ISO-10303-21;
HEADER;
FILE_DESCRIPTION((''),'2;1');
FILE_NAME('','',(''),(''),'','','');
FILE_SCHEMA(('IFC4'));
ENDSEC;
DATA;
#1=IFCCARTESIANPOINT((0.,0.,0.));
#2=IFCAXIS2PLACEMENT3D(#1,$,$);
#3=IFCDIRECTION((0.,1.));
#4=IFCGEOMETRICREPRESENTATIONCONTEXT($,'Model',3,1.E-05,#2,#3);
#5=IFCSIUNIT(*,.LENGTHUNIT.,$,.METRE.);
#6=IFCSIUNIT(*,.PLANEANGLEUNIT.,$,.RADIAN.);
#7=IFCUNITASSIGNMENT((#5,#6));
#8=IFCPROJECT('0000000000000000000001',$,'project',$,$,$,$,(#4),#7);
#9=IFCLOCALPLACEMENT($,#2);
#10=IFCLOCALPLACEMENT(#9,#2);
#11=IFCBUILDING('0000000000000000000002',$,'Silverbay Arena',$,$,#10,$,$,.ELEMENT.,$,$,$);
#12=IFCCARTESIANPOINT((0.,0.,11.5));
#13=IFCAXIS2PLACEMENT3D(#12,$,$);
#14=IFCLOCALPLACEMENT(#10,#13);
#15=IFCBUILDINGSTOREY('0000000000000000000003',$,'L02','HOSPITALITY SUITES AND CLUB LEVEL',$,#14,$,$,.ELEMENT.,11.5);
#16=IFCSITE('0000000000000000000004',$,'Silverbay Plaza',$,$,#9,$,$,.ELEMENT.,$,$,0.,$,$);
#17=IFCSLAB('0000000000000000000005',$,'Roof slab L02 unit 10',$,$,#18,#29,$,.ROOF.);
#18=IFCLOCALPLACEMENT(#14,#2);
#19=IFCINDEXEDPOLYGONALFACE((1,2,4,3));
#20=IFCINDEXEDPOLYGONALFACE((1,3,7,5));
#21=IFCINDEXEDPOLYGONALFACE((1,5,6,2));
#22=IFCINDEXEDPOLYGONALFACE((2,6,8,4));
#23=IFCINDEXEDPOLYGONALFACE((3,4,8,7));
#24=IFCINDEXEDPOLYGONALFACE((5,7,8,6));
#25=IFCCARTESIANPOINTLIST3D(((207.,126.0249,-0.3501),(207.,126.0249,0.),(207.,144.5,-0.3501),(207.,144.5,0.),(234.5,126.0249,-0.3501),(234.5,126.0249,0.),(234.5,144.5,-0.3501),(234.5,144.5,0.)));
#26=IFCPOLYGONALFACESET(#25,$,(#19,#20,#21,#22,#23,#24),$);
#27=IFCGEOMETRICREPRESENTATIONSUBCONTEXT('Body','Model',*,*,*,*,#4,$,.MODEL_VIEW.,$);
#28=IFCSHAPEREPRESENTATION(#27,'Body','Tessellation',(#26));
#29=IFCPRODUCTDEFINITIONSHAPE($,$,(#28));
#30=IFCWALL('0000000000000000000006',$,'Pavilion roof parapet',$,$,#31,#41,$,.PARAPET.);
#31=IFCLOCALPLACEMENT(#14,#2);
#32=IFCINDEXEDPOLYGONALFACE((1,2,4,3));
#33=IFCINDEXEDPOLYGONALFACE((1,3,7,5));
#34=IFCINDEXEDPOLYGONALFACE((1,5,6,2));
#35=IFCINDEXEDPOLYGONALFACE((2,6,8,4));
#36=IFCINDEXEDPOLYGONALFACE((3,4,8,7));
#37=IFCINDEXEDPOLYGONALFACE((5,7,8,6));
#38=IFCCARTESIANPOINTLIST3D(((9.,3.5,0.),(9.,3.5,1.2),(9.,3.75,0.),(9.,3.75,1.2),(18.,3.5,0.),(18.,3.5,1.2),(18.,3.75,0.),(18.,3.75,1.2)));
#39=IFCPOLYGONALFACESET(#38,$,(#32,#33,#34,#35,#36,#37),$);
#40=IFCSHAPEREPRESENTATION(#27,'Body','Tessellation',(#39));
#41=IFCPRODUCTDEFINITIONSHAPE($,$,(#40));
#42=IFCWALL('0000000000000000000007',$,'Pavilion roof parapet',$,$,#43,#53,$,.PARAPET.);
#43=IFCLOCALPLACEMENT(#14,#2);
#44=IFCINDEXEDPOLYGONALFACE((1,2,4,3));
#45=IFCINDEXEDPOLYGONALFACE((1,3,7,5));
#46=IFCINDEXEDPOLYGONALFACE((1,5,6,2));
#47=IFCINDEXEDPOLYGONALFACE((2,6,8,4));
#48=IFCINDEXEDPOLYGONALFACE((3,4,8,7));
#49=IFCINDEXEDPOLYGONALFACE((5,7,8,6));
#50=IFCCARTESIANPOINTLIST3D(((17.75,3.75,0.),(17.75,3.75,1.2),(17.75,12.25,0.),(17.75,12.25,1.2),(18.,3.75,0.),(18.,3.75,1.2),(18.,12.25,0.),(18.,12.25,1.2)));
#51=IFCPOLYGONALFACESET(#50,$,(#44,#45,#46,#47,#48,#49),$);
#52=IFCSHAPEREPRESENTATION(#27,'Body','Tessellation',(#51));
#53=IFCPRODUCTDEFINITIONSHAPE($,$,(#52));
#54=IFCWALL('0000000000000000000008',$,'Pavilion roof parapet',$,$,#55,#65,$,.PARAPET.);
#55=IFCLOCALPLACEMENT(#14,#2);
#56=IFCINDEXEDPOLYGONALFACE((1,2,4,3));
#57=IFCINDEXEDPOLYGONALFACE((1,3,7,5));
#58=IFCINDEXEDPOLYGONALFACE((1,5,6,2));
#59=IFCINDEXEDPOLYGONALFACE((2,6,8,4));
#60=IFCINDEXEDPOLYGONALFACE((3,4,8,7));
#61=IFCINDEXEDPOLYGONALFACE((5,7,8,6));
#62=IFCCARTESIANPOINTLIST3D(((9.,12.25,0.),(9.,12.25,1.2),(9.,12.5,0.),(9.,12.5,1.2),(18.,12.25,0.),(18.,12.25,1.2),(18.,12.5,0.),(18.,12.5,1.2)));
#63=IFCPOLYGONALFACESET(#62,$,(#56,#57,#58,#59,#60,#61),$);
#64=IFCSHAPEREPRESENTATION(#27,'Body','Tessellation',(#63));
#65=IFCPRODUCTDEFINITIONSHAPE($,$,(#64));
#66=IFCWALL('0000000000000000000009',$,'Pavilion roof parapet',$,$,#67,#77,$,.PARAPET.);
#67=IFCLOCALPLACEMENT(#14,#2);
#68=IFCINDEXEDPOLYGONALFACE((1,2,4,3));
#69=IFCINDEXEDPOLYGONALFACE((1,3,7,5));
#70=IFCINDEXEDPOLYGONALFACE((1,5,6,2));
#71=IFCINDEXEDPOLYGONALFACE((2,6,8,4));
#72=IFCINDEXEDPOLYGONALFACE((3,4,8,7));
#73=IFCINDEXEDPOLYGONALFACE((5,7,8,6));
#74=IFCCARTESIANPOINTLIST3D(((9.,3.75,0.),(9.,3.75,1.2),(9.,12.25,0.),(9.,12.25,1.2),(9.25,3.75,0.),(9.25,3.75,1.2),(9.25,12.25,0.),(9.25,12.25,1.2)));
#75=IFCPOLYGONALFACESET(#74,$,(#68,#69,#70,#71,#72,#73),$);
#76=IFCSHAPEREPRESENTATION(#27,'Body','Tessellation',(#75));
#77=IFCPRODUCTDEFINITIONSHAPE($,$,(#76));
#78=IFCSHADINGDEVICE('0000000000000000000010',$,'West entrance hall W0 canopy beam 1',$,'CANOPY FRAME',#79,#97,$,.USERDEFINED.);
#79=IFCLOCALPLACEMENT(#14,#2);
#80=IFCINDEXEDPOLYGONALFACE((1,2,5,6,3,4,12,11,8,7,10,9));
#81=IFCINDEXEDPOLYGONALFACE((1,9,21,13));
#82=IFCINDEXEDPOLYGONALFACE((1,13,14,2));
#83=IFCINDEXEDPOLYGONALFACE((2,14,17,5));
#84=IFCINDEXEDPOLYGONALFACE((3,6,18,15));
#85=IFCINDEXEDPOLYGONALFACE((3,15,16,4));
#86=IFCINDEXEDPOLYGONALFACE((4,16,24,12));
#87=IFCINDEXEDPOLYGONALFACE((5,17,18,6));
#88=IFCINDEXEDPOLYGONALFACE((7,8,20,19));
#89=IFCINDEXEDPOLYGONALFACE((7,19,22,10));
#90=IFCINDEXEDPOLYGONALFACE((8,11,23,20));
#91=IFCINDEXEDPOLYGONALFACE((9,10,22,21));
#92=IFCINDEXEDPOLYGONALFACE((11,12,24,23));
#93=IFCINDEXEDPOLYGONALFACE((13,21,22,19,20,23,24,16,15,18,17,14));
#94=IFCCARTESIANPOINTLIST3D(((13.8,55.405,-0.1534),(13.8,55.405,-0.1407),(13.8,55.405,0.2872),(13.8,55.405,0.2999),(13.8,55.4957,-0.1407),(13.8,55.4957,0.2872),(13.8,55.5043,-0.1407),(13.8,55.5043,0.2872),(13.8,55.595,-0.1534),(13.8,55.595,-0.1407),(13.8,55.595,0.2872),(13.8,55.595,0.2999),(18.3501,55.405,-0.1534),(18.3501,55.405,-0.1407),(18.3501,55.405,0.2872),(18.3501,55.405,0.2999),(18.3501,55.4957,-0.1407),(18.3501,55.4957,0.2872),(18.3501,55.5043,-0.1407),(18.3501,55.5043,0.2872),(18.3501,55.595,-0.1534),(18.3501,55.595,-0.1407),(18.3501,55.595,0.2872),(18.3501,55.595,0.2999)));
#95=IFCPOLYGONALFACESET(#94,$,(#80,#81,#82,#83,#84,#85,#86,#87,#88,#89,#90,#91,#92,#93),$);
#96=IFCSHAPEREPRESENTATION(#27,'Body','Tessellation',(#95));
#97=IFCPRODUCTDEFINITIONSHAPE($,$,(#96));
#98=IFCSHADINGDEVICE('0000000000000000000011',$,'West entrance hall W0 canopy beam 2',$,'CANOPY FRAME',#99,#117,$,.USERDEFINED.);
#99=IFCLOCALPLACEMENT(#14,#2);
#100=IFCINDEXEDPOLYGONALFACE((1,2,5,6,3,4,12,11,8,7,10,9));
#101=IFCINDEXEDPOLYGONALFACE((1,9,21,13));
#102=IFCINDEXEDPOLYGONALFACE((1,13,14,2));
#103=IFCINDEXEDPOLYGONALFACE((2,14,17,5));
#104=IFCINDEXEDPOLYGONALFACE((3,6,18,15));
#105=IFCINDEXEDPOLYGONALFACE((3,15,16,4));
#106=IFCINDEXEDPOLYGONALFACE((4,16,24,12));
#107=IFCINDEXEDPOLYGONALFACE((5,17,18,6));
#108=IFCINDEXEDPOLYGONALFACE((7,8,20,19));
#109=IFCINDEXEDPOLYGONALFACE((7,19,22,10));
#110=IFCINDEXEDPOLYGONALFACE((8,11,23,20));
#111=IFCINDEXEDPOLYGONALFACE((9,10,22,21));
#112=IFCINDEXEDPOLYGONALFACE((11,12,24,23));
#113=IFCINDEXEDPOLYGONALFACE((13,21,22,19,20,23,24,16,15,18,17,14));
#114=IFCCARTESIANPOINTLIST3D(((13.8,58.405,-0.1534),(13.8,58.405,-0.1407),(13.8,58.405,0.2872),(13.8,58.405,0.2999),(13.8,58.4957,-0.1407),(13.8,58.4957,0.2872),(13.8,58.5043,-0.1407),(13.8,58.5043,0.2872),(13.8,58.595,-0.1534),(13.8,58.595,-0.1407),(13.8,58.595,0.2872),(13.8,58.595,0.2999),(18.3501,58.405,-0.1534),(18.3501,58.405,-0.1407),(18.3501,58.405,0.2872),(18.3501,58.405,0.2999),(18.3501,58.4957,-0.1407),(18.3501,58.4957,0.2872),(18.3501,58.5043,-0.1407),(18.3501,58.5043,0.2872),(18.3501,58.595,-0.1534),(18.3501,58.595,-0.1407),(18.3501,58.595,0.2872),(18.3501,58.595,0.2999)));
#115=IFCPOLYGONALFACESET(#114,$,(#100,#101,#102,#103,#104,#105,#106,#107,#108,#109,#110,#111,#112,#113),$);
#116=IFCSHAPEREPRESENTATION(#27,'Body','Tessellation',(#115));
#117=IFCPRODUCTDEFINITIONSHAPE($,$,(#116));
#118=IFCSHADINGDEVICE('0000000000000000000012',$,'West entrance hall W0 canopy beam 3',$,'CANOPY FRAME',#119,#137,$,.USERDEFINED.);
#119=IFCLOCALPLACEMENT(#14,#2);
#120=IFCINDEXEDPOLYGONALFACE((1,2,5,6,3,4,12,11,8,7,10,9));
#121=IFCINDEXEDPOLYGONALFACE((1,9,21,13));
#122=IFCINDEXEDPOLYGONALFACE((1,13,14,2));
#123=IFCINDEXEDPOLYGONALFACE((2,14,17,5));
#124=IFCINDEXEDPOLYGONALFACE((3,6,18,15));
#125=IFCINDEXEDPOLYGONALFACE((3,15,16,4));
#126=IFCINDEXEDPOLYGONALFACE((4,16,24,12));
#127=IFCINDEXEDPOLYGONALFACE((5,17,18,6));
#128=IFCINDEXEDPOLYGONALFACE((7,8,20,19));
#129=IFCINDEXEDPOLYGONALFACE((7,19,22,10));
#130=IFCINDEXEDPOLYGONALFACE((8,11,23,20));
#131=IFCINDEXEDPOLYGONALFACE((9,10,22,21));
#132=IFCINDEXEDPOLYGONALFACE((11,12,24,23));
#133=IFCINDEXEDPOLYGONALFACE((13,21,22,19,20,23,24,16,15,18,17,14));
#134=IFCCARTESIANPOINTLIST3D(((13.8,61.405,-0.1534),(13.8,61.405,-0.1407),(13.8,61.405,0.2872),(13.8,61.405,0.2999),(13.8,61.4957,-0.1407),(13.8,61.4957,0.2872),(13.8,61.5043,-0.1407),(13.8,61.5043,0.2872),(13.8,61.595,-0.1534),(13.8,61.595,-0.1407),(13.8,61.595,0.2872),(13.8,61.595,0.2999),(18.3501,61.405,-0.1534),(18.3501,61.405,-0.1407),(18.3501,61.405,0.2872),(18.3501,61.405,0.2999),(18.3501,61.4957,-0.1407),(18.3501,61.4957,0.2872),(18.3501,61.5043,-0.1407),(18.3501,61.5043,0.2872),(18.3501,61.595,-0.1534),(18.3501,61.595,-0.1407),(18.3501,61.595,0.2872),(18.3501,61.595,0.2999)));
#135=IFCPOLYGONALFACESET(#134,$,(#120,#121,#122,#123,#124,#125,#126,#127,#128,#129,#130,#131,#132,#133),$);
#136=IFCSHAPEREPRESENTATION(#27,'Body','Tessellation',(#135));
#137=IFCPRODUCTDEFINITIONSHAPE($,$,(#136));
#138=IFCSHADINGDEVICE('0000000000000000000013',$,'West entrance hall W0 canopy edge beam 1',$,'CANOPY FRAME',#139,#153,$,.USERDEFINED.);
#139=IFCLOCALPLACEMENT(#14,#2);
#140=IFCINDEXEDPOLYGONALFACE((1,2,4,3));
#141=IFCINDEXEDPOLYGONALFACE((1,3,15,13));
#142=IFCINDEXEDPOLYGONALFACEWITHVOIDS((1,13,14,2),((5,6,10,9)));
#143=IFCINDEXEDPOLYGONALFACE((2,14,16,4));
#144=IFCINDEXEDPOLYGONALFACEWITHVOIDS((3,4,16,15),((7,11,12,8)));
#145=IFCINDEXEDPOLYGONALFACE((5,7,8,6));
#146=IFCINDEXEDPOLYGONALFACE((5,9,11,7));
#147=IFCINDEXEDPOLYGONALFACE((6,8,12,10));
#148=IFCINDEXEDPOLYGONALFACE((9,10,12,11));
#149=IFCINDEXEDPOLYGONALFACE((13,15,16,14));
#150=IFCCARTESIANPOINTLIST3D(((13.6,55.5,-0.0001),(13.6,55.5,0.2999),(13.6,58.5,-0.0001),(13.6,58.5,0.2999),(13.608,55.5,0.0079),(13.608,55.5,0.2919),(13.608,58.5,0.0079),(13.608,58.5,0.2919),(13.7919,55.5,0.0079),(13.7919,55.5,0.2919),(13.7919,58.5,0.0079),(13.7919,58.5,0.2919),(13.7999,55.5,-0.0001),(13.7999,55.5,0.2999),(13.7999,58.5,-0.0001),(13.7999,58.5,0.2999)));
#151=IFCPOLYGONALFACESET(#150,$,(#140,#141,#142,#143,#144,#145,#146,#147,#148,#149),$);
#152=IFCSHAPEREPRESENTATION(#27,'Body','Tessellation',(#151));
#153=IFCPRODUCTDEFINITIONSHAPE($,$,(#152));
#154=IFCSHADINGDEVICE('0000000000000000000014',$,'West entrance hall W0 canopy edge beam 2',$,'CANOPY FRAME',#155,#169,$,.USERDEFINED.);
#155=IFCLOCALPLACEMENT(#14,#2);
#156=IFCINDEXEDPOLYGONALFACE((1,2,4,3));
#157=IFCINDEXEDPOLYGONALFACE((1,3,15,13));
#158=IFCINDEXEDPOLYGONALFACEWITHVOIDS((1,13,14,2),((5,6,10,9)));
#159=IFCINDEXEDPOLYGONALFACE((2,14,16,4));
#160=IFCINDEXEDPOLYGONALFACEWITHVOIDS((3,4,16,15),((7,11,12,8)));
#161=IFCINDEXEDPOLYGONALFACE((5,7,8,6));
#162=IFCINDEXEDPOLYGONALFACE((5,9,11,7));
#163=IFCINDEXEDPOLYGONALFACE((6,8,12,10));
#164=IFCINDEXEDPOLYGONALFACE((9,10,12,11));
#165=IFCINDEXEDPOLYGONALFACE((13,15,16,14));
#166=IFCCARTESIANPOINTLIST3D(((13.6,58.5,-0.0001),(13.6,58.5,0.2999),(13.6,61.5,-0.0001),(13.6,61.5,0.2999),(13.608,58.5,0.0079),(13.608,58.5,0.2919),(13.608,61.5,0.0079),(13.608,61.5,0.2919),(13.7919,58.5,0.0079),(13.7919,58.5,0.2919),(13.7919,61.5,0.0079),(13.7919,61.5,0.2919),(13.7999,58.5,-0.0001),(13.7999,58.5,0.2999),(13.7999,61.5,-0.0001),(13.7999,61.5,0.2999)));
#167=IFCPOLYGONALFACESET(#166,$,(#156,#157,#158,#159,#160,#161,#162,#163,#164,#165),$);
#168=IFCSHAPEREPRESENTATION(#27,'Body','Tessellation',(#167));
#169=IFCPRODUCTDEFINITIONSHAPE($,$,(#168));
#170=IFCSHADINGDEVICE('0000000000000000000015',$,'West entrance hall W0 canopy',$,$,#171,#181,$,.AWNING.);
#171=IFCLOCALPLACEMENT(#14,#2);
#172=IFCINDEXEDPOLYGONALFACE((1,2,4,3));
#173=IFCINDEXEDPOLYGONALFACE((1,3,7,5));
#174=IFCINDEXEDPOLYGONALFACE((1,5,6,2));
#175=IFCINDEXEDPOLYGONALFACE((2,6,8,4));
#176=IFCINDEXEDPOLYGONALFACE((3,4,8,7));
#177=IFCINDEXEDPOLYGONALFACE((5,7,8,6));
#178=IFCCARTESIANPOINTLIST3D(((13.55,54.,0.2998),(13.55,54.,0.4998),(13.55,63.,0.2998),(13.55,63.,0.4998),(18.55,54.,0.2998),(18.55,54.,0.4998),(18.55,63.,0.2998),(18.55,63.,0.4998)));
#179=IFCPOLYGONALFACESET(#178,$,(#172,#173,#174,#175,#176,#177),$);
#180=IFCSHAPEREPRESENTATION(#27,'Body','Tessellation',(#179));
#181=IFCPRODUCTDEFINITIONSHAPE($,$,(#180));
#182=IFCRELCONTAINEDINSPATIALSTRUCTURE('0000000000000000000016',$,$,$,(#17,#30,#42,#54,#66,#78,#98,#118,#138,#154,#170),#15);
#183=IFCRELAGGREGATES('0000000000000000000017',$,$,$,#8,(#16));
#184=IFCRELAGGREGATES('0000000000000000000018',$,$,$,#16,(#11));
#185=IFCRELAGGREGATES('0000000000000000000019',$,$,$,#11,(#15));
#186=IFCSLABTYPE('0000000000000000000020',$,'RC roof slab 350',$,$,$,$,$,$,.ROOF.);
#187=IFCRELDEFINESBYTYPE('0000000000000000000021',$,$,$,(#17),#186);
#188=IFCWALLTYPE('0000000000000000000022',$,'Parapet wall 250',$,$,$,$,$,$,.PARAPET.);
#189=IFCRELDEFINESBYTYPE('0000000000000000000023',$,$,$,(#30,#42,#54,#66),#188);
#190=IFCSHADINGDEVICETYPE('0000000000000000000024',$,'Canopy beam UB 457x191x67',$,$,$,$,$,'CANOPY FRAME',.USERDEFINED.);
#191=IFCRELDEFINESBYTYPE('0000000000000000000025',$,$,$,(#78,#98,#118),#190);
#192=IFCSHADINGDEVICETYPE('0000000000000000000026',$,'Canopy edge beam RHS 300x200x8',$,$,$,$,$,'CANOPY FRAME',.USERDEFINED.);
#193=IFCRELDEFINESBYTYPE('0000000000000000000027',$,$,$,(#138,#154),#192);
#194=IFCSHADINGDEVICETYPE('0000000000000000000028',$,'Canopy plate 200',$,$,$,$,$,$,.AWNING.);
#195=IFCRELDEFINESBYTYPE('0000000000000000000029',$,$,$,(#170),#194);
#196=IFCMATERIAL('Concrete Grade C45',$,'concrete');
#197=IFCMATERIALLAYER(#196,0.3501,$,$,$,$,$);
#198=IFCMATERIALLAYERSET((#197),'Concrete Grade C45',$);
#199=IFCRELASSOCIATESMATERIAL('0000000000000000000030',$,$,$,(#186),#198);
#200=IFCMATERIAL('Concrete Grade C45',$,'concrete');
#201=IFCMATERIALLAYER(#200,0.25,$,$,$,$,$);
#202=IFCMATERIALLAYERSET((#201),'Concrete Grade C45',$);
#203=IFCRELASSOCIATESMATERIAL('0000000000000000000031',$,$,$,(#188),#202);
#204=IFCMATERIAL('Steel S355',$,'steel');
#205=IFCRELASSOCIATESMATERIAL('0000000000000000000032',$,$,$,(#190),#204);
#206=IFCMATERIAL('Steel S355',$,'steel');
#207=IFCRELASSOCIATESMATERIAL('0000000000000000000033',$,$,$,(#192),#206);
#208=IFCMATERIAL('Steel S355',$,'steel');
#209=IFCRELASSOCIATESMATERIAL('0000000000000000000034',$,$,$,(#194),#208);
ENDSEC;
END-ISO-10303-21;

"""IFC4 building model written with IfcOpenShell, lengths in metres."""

from ifc_helpers import new_model, si_unit, direction, frame, frame_2d, origin, origin_2d, place, context, subcontext, project, spatial, polyline, rectangle, hollow_rectangle, i_section, outline, extrude, material, layer, layer_set, material_profile, profile_set, type_object, element, save


model = new_model("IFC4")

# Units and contexts
model_context = context("Model", 3, precision=1e-05, world=origin(), true_north=direction((0.0, 1.0)))
body_context = subcontext(model_context, "Body", "Model", "MODEL_VIEW")
ifc_project = project(units=[si_unit("LENGTHUNIT", "METRE"), si_unit("PLANEANGLEUNIT", "RADIAN")], contexts=[model_context])

# Site, building, storey
site_placement = place(None, origin())
site = spatial("IfcSite", under=ifc_project, at=site_placement, Name="Silverbay Plaza", CompositionType="ELEMENT", RefElevation=0.0)
building_placement = place(site_placement, origin())
building = spatial("IfcBuilding", under=site, at=building_placement, Name="Silverbay Arena", CompositionType="ELEMENT")
storey_placement = place(building_placement, frame((0.0, 0.0, 11.5)))
storey = spatial("IfcBuildingStorey", under=building, at=storey_placement, Name="L02", Description="HOSPITALITY SUITES AND CLUB LEVEL", CompositionType="ELEMENT", Elevation=11.5)

# Slab
ifc_material_1 = material(Name="Concrete Grade C45", Category="concrete")
ifc_layer_1 = layer(ifc_material_1, 0.3501)
ifc_layer_set_1 = layer_set([ifc_layer_1], Name="Concrete Grade C45")
slab_type = type_object("IfcSlabType", Name="RC roof slab 350", PredefinedType="ROOF", material=ifc_layer_set_1)
slab_1_placement = place(storey_placement, frame((0.0, 0.0, -0.3501)))
element("IfcSlab", 1, at=slab_1_placement, inside=storey, type_object=slab_type, Name="Roof slab L02 unit 10", PredefinedType="ROOF", context=body_context, shape_type="SweptSolid", body=[
    extrude(outline(polyline([(207.0, 126.0249), (207.0, 144.5), (234.5, 144.5), (234.5, 126.0249), (207.0, 126.0249)])), origin(), (0.0, 0.0, 1.0), 0.3501),
])

# Walls
ifc_material_2 = material(Name="Concrete Grade C45", Category="concrete")
ifc_layer_2 = layer(ifc_material_2, 0.25)
ifc_layer_set_2 = layer_set([ifc_layer_2], Name="Concrete Grade C45")
wall_type = type_object("IfcWallType", Name="Parapet wall 250", PredefinedType="PARAPET", material=ifc_layer_set_2)
wall_1_placement = place(storey_placement, frame((9.0, 3.625, 0.0), z_axis=(0.0, 0.0, 1.0), x_axis=(1.0, 0.0, 0.0)))
element("IfcWall", 2, at=wall_1_placement, inside=storey, type_object=wall_type, Name="Pavilion roof parapet", PredefinedType="PARAPET", context=body_context, shape_type="SweptSolid", body=[
    extrude(rectangle(XDim=9.0, YDim=0.25, at=frame_2d((4.5, 0.0))), origin(), (0.0, 0.0, 1.0), 1.2),
])
wall_2_placement = place(storey_placement, frame((17.875, 3.75, 0.0), z_axis=(0.0, 0.0, 1.0), x_axis=(0.0, 1.0, 0.0)))
element("IfcWall", 3, at=wall_2_placement, inside=storey, type_object=wall_type, Name="Pavilion roof parapet", PredefinedType="PARAPET", context=body_context, shape_type="SweptSolid", body=[
    extrude(rectangle(XDim=8.5, YDim=0.25, at=frame_2d((4.25, 0.0))), origin(), (0.0, 0.0, 1.0), 1.2),
])
wall_3_placement = place(storey_placement, frame((18.0, 12.375, 0.0), z_axis=(0.0, 0.0, 1.0), x_axis=(-1.0, 0.0, 0.0)))
element("IfcWall", 4, at=wall_3_placement, inside=storey, type_object=wall_type, Name="Pavilion roof parapet", PredefinedType="PARAPET", context=body_context, shape_type="SweptSolid", body=[
    extrude(rectangle(XDim=9.0, YDim=0.25, at=frame_2d((4.5, 0.0))), origin(), (0.0, 0.0, 1.0), 1.2),
])
wall_4_placement = place(storey_placement, frame((9.125, 12.25, 0.0), z_axis=(0.0, 0.0, 1.0), x_axis=(0.0, -1.0, 0.0)))
element("IfcWall", 5, at=wall_4_placement, inside=storey, type_object=wall_type, Name="Pavilion roof parapet", PredefinedType="PARAPET", context=body_context, shape_type="SweptSolid", body=[
    extrude(rectangle(XDim=8.5, YDim=0.25, at=frame_2d((4.25, 0.0))), origin(), (0.0, 0.0, 1.0), 1.2),
])

# Shading devices
ifc_material_3 = material(Name="Steel S355", Category="steel")
ifc_material_profile_1 = material_profile(ifc_material_3, i_section(OverallWidth=0.1899, OverallDepth=0.4534, WebThickness=0.0085, FlangeThickness=0.0127, at=origin_2d()), Name="UB 457x191x67")
ifc_profile_set_1 = profile_set([ifc_material_profile_1], Name="Steel S355")
shading_device_type_1 = type_object("IfcShadingDeviceType", Name="Canopy beam UB 457x191x67", ElementType="CANOPY FRAME", PredefinedType="USERDEFINED", material=ifc_profile_set_1)
for number, where, z_axis, x_axis, name in (
    (6, (18.3501, 55.5, 0.0732), (-1.0, 0.0, 0.0), (0.0, -1.0, 0.0), "West entrance hall W0 canopy beam 1"),
    (7, (18.3501, 58.5, 0.0732), (-1.0, 0.0, 0.0), (0.0, -1.0, 0.0), "West entrance hall W0 canopy beam 2"),
    (8, (18.3501, 61.5, 0.0732), (-1.0, 0.0, 0.0), (0.0, -1.0, 0.0), "West entrance hall W0 canopy beam 3"),
):
    element("IfcShadingDevice", number, at=place(storey_placement, frame(where, z_axis=z_axis, x_axis=x_axis)), inside=storey, type_object=shading_device_type_1, Name=name, ObjectType="CANOPY FRAME", PredefinedType="USERDEFINED", context=body_context, shape_type="SweptSolid", body=[
        extrude(i_section(OverallWidth=0.1899, OverallDepth=0.4534, WebThickness=0.0085, FlangeThickness=0.0127, at=origin_2d()), origin(), (0.0, 0.0, 1.0), 4.55),
    ])
ifc_material_4 = material(Name="Steel S355", Category="steel")
ifc_material_profile_2 = material_profile(ifc_material_4, hollow_rectangle(XDim=0.2, YDim=0.3, WallThickness=0.0081, at=origin_2d()), Name="RHS 300x200x8")
ifc_profile_set_2 = profile_set([ifc_material_profile_2], Name="Steel S355")
shading_device_type_2 = type_object("IfcShadingDeviceType", Name="Canopy edge beam RHS 300x200x8", ElementType="CANOPY FRAME", PredefinedType="USERDEFINED", material=ifc_profile_set_2)
for number, where, z_axis, x_axis, name in (
    (9, (13.7, 55.5, 0.1499), (0.0, 1.0, 0.0), (-1.0, 0.0, 0.0), "West entrance hall W0 canopy edge beam 1"),
    (10, (13.7, 58.5, 0.1499), (0.0, 1.0, 0.0), (-1.0, 0.0, 0.0), "West entrance hall W0 canopy edge beam 2"),
):
    element("IfcShadingDevice", number, at=place(storey_placement, frame(where, z_axis=z_axis, x_axis=x_axis)), inside=storey, type_object=shading_device_type_2, Name=name, ObjectType="CANOPY FRAME", PredefinedType="USERDEFINED", context=body_context, shape_type="SweptSolid", body=[
        extrude(hollow_rectangle(XDim=0.2, YDim=0.3, WallThickness=0.0081, at=origin_2d()), origin(), (0.0, 0.0, 1.0), 3.0),
    ])
ifc_material_5 = material(Name="Steel S355", Category="steel")
shading_device_type_3 = type_object("IfcShadingDeviceType", Name="Canopy plate 200", PredefinedType="AWNING", material=ifc_material_5)
shading_device_1_placement = place(storey_placement, frame((16.05, 58.5, 0.2998), z_axis=(0.0, 0.0, 1.0), x_axis=(1.0, 0.0, 0.0)))
element("IfcShadingDevice", 11, at=shading_device_1_placement, inside=storey, type_object=shading_device_type_3, Name="West entrance hall W0 canopy", PredefinedType="AWNING", context=body_context, shape_type="SweptSolid", body=[
    extrude(rectangle(XDim=5.0, YDim=9.0, at=origin_2d()), origin(), (0.0, 0.0, 1.0), 0.2),
])

save(model, "model.ifc")
